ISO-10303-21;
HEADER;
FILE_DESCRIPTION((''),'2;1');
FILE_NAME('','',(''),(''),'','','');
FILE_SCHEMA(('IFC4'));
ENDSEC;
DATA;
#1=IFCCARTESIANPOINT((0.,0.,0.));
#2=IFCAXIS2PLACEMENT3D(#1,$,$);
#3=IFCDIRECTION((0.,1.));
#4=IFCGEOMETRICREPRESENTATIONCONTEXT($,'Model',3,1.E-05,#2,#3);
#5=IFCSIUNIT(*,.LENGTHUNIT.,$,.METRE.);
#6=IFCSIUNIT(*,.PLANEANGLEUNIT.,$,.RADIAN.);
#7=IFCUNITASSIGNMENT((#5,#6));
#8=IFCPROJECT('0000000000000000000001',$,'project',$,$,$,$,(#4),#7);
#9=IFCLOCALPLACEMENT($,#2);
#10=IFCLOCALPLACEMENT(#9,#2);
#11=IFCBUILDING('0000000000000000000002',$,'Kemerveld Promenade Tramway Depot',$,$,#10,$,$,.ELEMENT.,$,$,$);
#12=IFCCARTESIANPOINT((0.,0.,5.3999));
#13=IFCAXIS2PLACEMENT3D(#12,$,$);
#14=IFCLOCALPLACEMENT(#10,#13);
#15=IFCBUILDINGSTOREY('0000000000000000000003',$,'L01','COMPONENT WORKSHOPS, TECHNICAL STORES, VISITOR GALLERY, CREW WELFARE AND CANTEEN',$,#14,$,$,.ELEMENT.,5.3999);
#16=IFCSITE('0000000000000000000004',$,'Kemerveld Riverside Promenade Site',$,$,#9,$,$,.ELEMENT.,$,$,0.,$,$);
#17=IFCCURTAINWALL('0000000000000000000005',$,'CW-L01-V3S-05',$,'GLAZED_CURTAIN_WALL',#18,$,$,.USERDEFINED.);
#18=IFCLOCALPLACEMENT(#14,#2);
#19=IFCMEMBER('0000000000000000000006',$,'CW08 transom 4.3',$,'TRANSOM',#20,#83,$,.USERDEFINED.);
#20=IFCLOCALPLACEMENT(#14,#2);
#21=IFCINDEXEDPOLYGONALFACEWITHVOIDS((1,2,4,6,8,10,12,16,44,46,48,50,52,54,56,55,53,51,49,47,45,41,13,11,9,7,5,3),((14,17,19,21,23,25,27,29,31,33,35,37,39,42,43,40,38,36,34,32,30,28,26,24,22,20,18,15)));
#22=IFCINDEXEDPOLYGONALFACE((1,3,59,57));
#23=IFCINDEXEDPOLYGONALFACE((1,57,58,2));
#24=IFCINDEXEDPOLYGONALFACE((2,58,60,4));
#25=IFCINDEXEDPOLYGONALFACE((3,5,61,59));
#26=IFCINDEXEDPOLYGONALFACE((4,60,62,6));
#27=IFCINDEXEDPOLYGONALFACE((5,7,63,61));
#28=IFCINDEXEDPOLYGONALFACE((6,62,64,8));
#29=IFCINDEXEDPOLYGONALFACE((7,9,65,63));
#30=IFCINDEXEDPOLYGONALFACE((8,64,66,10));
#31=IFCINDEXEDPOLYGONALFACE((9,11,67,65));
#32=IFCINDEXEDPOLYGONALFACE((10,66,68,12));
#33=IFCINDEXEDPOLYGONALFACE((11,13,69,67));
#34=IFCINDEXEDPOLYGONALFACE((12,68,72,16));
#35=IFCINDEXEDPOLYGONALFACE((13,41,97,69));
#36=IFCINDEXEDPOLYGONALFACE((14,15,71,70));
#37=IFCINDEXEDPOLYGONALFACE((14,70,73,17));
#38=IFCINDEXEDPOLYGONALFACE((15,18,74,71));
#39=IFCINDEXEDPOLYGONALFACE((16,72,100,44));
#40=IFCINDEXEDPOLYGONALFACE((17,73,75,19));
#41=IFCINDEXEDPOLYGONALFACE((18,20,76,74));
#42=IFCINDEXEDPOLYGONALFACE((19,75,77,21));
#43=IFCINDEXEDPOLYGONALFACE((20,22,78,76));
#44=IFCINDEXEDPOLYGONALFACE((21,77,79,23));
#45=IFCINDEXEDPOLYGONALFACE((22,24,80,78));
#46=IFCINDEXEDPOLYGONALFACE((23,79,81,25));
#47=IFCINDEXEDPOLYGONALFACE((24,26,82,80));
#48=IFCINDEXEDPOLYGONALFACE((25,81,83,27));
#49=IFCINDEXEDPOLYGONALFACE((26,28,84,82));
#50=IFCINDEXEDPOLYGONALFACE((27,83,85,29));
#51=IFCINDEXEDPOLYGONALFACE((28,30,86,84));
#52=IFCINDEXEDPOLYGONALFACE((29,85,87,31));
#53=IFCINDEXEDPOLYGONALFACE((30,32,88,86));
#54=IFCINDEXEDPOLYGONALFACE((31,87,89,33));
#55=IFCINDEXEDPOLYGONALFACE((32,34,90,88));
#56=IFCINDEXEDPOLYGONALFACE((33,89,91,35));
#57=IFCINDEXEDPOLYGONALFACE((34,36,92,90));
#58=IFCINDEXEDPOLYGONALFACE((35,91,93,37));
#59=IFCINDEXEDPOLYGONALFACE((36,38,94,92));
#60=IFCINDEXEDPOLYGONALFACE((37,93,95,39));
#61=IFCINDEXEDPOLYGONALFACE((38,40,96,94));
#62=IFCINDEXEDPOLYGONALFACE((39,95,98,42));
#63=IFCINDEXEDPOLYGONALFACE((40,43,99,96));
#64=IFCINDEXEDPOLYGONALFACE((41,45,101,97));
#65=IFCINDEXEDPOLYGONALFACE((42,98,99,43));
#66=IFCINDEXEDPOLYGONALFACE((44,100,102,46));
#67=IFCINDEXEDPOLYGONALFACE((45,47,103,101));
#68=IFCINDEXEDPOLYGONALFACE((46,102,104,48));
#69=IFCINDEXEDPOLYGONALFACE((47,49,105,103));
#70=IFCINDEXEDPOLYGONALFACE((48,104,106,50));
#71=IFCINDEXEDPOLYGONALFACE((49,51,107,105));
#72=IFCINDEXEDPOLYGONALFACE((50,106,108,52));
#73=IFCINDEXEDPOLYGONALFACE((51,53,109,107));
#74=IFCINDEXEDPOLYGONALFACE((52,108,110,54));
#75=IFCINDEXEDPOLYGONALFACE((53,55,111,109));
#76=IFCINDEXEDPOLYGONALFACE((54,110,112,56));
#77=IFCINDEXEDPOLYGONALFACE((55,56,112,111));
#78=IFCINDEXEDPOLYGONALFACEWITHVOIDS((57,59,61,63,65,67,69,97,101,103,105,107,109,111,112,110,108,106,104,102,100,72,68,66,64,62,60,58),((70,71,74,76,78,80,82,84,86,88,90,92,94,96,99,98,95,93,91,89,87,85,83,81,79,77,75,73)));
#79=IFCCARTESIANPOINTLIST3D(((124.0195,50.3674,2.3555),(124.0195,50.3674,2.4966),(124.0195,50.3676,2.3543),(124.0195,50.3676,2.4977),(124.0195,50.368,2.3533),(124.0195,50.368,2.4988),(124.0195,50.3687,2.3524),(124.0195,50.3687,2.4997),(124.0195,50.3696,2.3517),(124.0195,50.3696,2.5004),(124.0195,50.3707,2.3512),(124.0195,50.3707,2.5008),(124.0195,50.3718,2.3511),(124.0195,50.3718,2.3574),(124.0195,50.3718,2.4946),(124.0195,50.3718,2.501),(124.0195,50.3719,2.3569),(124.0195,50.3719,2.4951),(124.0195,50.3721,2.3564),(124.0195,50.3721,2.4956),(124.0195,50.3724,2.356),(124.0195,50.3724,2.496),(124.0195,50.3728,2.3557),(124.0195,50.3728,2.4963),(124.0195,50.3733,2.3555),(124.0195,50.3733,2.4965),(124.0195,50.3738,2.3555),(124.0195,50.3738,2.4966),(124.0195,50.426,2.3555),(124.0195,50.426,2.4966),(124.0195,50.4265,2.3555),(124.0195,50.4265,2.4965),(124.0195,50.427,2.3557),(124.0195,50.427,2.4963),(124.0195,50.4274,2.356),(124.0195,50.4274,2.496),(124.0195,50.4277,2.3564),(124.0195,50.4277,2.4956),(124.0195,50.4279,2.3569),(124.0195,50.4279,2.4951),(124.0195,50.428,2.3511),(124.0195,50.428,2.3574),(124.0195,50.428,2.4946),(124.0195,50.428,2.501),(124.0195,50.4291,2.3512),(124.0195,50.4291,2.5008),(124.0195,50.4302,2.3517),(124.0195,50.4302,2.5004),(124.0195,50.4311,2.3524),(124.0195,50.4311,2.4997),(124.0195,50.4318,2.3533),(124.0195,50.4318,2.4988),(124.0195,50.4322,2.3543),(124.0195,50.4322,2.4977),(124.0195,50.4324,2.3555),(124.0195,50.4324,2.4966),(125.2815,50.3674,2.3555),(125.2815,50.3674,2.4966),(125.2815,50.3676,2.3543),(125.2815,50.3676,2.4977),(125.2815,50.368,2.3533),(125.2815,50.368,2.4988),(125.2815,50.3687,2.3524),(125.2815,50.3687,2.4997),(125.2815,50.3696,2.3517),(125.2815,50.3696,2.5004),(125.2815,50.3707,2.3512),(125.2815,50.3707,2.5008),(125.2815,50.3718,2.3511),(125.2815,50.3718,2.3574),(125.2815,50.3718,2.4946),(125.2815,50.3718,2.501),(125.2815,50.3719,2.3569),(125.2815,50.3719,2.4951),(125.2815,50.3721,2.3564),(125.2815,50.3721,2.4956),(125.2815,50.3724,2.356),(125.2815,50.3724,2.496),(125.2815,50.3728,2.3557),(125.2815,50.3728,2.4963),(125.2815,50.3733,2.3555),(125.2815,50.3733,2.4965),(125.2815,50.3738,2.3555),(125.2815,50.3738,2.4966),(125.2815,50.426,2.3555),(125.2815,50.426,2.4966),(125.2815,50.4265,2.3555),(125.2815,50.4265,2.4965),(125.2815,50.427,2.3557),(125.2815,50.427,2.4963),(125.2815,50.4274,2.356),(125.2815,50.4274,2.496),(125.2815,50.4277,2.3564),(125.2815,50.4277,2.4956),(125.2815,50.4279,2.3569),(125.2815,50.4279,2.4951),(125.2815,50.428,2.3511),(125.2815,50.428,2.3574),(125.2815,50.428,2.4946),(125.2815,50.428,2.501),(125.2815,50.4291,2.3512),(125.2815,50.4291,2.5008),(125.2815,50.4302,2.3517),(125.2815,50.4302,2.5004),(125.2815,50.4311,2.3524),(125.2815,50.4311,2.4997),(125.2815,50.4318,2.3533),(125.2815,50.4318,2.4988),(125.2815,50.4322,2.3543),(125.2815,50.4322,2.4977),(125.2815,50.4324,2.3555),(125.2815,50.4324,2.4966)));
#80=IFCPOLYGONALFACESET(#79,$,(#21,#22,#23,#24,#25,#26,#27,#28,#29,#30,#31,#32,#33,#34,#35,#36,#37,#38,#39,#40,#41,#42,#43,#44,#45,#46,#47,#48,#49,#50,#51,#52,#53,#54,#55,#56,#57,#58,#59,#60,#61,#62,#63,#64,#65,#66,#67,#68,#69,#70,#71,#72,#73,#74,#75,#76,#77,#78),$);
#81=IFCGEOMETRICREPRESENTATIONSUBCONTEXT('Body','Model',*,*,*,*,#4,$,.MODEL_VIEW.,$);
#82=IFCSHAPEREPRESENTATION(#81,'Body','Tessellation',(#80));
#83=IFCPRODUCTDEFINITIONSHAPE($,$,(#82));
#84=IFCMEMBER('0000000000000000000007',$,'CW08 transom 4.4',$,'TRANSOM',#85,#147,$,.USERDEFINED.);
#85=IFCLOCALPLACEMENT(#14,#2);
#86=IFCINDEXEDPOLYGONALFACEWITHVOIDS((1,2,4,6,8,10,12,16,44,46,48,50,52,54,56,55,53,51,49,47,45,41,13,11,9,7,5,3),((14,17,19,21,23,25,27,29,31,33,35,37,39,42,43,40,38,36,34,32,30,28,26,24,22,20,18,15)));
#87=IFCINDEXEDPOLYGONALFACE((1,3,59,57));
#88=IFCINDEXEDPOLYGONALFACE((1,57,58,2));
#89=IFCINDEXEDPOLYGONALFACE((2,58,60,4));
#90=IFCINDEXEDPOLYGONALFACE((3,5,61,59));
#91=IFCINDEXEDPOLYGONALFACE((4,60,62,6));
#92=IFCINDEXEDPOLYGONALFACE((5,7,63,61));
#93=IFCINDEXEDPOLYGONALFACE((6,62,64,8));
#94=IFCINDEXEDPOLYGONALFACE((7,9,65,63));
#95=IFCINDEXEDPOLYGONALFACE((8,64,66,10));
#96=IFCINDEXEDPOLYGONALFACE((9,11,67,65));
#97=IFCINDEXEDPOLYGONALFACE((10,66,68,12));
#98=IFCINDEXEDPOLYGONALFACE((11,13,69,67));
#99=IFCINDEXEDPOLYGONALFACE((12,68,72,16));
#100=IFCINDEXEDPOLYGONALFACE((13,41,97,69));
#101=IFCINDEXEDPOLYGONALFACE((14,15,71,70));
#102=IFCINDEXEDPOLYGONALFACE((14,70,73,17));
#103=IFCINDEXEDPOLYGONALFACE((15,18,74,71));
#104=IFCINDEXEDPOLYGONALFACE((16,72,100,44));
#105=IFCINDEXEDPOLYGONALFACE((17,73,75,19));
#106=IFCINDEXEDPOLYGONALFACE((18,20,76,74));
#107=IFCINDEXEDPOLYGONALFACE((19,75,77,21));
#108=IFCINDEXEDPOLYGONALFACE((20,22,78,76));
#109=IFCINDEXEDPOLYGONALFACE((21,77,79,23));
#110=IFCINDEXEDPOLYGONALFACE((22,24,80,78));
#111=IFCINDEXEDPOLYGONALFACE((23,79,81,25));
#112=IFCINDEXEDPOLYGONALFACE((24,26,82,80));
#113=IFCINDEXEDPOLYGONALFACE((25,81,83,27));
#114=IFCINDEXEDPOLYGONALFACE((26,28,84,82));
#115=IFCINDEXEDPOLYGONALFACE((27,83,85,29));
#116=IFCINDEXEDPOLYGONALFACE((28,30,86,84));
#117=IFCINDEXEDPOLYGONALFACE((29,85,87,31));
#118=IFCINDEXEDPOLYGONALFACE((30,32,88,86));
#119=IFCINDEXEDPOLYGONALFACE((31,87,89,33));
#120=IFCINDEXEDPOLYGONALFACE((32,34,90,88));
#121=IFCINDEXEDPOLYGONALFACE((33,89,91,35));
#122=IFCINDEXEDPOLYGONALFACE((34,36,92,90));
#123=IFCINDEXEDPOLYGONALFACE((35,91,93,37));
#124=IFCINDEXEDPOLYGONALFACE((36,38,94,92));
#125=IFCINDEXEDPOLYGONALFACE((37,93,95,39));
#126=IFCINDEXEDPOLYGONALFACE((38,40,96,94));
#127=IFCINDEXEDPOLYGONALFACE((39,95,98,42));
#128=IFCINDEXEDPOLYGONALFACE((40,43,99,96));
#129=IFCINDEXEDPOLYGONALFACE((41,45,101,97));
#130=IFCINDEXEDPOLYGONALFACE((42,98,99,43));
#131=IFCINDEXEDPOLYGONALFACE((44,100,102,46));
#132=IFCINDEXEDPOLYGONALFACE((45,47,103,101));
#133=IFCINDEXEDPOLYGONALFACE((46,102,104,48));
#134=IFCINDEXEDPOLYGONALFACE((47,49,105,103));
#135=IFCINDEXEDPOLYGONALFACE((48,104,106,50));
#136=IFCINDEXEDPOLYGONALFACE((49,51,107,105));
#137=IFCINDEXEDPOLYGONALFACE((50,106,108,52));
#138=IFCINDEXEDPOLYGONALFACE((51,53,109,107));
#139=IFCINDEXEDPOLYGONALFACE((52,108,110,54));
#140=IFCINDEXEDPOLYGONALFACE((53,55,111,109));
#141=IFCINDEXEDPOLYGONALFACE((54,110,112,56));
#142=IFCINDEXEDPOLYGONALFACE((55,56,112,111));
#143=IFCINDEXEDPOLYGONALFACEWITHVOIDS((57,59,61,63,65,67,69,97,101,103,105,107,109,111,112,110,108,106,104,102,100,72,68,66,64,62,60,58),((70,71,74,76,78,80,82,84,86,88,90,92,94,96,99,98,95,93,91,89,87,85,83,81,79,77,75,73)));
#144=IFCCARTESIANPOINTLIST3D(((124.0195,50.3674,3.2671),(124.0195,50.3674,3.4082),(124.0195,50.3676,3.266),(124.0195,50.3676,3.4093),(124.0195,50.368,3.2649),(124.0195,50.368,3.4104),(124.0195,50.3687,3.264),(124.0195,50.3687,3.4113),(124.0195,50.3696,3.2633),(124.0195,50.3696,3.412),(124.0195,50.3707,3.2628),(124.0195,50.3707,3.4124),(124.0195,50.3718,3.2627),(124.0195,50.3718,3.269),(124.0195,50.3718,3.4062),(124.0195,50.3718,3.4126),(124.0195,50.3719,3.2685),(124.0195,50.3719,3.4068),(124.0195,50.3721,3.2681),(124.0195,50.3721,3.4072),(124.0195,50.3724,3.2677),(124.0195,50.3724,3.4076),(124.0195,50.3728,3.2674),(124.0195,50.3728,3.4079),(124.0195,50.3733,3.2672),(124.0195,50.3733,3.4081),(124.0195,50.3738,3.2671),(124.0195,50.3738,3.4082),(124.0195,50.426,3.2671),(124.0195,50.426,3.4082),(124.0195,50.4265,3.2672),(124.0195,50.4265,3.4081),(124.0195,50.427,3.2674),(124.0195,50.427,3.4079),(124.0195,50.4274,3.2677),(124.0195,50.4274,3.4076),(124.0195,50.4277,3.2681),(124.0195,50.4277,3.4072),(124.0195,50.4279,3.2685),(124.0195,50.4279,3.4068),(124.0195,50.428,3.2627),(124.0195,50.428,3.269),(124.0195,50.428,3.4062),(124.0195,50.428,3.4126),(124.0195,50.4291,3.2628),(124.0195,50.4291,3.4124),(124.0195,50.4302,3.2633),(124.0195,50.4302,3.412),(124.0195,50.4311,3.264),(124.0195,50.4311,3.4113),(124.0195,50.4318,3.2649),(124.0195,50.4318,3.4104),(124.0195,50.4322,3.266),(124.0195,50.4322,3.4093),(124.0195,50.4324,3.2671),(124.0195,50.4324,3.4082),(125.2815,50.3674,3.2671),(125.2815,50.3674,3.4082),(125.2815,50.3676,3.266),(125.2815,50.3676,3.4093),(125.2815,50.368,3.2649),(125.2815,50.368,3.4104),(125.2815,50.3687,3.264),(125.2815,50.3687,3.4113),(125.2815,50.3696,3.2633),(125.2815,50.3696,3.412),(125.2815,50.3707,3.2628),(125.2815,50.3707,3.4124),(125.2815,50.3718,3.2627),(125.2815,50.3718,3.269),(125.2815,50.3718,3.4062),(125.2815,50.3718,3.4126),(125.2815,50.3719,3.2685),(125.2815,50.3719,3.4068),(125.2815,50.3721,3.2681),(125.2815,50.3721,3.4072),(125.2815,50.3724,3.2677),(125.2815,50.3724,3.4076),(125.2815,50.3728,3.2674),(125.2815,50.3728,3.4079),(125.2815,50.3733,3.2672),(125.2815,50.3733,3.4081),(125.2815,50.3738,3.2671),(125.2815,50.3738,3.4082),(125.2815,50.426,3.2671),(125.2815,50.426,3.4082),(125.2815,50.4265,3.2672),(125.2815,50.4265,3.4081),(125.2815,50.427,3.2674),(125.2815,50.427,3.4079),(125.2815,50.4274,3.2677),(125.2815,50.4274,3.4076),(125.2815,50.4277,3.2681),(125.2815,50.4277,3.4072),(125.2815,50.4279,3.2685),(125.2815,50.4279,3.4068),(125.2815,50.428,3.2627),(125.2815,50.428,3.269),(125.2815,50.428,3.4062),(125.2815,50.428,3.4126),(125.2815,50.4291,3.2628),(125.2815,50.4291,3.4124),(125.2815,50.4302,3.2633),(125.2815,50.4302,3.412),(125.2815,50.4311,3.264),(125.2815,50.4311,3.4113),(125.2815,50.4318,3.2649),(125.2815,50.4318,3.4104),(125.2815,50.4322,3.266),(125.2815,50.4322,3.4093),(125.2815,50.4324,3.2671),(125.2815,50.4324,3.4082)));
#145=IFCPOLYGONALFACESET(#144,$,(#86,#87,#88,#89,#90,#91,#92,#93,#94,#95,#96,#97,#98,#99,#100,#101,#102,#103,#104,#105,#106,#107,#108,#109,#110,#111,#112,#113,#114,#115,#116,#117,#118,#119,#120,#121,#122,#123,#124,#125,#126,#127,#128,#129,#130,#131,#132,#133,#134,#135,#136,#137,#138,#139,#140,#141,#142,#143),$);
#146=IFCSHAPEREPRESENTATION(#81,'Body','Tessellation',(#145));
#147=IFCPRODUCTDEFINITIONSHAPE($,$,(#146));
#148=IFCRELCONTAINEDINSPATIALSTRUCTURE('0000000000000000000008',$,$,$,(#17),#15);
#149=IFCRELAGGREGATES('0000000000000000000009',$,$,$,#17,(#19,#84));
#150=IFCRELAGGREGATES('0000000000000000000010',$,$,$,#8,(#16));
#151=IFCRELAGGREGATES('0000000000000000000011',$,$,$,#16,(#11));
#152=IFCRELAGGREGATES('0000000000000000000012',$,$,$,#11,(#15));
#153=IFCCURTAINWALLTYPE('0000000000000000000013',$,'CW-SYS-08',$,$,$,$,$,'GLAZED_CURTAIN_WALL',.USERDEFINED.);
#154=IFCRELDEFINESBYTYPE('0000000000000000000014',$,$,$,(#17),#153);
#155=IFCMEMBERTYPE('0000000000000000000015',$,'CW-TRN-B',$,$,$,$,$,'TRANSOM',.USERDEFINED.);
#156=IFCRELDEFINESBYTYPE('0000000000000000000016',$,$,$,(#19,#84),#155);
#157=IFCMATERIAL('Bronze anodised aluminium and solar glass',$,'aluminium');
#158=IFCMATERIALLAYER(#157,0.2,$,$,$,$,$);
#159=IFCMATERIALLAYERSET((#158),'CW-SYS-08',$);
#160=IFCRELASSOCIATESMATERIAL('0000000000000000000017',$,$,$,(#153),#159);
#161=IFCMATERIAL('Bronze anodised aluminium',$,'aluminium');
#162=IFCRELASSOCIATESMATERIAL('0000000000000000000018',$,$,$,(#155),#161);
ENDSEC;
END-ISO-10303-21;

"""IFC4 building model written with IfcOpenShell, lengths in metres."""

from ifc_helpers import new_model, si_unit, direction, frame, origin, origin_2d, place, context, subcontext, project, spatial, hollow_rectangle, extrude, material, layer, layer_set, material_profile, profile_set, type_object, element, aggregate, save


model = new_model("IFC4")

# Units and contexts
model_context = context("Model", 3, precision=1e-05, world=origin(), true_north=direction((0.0, 1.0)))
body_context = subcontext(model_context, "Body", "Model", "MODEL_VIEW")
ifc_project = project(units=[si_unit("LENGTHUNIT", "METRE"), si_unit("PLANEANGLEUNIT", "RADIAN")], contexts=[model_context])

# Site, building, storey
site_placement = place(None, origin())
site = spatial("IfcSite", under=ifc_project, at=site_placement, Name="Kemerveld Riverside Promenade Site", CompositionType="ELEMENT", RefElevation=0.0)
building_placement = place(site_placement, origin())
building = spatial("IfcBuilding", under=site, at=building_placement, Name="Kemerveld Promenade Tramway Depot", CompositionType="ELEMENT")
storey_placement = place(building_placement, frame((0.0, 0.0, 5.3999)))
storey = spatial("IfcBuildingStorey", under=building, at=storey_placement, Name="L01", Description="COMPONENT WORKSHOPS, TECHNICAL STORES, VISITOR GALLERY, CREW WELFARE AND CANTEEN", CompositionType="ELEMENT", Elevation=5.3999)

# Curtain wall, members
ifc_material_1 = material(Name="Bronze anodised aluminium and solar glass", Category="aluminium")
ifc_layer_1 = layer(ifc_material_1, 0.2)
ifc_layer_set_1 = layer_set([ifc_layer_1], Name="CW-SYS-08")
curtain_wall_type = type_object("IfcCurtainWallType", Name="CW-SYS-08", ElementType="GLAZED_CURTAIN_WALL", PredefinedType="USERDEFINED", material=ifc_layer_set_1)
curtain_wall_placement = place(storey_placement, origin())
curtain_wall = element("IfcCurtainWall", 1, at=curtain_wall_placement, inside=storey, type_object=curtain_wall_type, Name="CW-L01-V3S-05", ObjectType="GLAZED_CURTAIN_WALL", PredefinedType="USERDEFINED")
ifc_material_2 = material(Name="Bronze anodised aluminium", Category="aluminium")
ifc_material_profile_1 = material_profile(ifc_material_2, hollow_rectangle(XDim=0.0649, YDim=0.1499, WallThickness=0.0044, InnerFilletRadius=0.002, OuterFilletRadius=0.0044, at=origin_2d()), Name="CW-TRN-150x65")
ifc_profile_set_1 = profile_set([ifc_material_profile_1], Name="Bronze anodised aluminium")
member_type_1 = type_object("IfcMemberType", Name="CW-TRN-B", ElementType="TRANSOM", PredefinedType="USERDEFINED", material=ifc_profile_set_1)
member_1_placement = place(storey_placement, frame((125.2815, 50.3999, 2.426), z_axis=(-1.0, 0.0, 0.0), x_axis=(0.0, -1.0, 0.0)))
member_1 = element("IfcMember", 2, at=member_1_placement, type_object=member_type_1, Name="CW08 transom 4.3", ObjectType="TRANSOM", PredefinedType="USERDEFINED", context=body_context, shape_type="SweptSolid", body=[
    extrude(hollow_rectangle(XDim=0.0649, YDim=0.1499, WallThickness=0.0044, InnerFilletRadius=0.002, OuterFilletRadius=0.0044, at=origin_2d()), origin(), (0.0, 0.0, 1.0), 1.262),
])
member_2_placement = place(storey_placement, frame((125.2815, 50.3999, 3.3376), z_axis=(-1.0, 0.0, 0.0), x_axis=(0.0, -1.0, 0.0)))
member_2 = element("IfcMember", 3, at=member_2_placement, type_object=member_type_1, Name="CW08 transom 4.4", ObjectType="TRANSOM", PredefinedType="USERDEFINED", context=body_context, shape_type="SweptSolid", body=[
    extrude(hollow_rectangle(XDim=0.0649, YDim=0.1499, WallThickness=0.0044, InnerFilletRadius=0.002, OuterFilletRadius=0.0044, at=origin_2d()), origin(), (0.0, 0.0, 1.0), 1.262),
])
aggregate(curtain_wall, [member_1, member_2])

save(model, "model.ifc")
